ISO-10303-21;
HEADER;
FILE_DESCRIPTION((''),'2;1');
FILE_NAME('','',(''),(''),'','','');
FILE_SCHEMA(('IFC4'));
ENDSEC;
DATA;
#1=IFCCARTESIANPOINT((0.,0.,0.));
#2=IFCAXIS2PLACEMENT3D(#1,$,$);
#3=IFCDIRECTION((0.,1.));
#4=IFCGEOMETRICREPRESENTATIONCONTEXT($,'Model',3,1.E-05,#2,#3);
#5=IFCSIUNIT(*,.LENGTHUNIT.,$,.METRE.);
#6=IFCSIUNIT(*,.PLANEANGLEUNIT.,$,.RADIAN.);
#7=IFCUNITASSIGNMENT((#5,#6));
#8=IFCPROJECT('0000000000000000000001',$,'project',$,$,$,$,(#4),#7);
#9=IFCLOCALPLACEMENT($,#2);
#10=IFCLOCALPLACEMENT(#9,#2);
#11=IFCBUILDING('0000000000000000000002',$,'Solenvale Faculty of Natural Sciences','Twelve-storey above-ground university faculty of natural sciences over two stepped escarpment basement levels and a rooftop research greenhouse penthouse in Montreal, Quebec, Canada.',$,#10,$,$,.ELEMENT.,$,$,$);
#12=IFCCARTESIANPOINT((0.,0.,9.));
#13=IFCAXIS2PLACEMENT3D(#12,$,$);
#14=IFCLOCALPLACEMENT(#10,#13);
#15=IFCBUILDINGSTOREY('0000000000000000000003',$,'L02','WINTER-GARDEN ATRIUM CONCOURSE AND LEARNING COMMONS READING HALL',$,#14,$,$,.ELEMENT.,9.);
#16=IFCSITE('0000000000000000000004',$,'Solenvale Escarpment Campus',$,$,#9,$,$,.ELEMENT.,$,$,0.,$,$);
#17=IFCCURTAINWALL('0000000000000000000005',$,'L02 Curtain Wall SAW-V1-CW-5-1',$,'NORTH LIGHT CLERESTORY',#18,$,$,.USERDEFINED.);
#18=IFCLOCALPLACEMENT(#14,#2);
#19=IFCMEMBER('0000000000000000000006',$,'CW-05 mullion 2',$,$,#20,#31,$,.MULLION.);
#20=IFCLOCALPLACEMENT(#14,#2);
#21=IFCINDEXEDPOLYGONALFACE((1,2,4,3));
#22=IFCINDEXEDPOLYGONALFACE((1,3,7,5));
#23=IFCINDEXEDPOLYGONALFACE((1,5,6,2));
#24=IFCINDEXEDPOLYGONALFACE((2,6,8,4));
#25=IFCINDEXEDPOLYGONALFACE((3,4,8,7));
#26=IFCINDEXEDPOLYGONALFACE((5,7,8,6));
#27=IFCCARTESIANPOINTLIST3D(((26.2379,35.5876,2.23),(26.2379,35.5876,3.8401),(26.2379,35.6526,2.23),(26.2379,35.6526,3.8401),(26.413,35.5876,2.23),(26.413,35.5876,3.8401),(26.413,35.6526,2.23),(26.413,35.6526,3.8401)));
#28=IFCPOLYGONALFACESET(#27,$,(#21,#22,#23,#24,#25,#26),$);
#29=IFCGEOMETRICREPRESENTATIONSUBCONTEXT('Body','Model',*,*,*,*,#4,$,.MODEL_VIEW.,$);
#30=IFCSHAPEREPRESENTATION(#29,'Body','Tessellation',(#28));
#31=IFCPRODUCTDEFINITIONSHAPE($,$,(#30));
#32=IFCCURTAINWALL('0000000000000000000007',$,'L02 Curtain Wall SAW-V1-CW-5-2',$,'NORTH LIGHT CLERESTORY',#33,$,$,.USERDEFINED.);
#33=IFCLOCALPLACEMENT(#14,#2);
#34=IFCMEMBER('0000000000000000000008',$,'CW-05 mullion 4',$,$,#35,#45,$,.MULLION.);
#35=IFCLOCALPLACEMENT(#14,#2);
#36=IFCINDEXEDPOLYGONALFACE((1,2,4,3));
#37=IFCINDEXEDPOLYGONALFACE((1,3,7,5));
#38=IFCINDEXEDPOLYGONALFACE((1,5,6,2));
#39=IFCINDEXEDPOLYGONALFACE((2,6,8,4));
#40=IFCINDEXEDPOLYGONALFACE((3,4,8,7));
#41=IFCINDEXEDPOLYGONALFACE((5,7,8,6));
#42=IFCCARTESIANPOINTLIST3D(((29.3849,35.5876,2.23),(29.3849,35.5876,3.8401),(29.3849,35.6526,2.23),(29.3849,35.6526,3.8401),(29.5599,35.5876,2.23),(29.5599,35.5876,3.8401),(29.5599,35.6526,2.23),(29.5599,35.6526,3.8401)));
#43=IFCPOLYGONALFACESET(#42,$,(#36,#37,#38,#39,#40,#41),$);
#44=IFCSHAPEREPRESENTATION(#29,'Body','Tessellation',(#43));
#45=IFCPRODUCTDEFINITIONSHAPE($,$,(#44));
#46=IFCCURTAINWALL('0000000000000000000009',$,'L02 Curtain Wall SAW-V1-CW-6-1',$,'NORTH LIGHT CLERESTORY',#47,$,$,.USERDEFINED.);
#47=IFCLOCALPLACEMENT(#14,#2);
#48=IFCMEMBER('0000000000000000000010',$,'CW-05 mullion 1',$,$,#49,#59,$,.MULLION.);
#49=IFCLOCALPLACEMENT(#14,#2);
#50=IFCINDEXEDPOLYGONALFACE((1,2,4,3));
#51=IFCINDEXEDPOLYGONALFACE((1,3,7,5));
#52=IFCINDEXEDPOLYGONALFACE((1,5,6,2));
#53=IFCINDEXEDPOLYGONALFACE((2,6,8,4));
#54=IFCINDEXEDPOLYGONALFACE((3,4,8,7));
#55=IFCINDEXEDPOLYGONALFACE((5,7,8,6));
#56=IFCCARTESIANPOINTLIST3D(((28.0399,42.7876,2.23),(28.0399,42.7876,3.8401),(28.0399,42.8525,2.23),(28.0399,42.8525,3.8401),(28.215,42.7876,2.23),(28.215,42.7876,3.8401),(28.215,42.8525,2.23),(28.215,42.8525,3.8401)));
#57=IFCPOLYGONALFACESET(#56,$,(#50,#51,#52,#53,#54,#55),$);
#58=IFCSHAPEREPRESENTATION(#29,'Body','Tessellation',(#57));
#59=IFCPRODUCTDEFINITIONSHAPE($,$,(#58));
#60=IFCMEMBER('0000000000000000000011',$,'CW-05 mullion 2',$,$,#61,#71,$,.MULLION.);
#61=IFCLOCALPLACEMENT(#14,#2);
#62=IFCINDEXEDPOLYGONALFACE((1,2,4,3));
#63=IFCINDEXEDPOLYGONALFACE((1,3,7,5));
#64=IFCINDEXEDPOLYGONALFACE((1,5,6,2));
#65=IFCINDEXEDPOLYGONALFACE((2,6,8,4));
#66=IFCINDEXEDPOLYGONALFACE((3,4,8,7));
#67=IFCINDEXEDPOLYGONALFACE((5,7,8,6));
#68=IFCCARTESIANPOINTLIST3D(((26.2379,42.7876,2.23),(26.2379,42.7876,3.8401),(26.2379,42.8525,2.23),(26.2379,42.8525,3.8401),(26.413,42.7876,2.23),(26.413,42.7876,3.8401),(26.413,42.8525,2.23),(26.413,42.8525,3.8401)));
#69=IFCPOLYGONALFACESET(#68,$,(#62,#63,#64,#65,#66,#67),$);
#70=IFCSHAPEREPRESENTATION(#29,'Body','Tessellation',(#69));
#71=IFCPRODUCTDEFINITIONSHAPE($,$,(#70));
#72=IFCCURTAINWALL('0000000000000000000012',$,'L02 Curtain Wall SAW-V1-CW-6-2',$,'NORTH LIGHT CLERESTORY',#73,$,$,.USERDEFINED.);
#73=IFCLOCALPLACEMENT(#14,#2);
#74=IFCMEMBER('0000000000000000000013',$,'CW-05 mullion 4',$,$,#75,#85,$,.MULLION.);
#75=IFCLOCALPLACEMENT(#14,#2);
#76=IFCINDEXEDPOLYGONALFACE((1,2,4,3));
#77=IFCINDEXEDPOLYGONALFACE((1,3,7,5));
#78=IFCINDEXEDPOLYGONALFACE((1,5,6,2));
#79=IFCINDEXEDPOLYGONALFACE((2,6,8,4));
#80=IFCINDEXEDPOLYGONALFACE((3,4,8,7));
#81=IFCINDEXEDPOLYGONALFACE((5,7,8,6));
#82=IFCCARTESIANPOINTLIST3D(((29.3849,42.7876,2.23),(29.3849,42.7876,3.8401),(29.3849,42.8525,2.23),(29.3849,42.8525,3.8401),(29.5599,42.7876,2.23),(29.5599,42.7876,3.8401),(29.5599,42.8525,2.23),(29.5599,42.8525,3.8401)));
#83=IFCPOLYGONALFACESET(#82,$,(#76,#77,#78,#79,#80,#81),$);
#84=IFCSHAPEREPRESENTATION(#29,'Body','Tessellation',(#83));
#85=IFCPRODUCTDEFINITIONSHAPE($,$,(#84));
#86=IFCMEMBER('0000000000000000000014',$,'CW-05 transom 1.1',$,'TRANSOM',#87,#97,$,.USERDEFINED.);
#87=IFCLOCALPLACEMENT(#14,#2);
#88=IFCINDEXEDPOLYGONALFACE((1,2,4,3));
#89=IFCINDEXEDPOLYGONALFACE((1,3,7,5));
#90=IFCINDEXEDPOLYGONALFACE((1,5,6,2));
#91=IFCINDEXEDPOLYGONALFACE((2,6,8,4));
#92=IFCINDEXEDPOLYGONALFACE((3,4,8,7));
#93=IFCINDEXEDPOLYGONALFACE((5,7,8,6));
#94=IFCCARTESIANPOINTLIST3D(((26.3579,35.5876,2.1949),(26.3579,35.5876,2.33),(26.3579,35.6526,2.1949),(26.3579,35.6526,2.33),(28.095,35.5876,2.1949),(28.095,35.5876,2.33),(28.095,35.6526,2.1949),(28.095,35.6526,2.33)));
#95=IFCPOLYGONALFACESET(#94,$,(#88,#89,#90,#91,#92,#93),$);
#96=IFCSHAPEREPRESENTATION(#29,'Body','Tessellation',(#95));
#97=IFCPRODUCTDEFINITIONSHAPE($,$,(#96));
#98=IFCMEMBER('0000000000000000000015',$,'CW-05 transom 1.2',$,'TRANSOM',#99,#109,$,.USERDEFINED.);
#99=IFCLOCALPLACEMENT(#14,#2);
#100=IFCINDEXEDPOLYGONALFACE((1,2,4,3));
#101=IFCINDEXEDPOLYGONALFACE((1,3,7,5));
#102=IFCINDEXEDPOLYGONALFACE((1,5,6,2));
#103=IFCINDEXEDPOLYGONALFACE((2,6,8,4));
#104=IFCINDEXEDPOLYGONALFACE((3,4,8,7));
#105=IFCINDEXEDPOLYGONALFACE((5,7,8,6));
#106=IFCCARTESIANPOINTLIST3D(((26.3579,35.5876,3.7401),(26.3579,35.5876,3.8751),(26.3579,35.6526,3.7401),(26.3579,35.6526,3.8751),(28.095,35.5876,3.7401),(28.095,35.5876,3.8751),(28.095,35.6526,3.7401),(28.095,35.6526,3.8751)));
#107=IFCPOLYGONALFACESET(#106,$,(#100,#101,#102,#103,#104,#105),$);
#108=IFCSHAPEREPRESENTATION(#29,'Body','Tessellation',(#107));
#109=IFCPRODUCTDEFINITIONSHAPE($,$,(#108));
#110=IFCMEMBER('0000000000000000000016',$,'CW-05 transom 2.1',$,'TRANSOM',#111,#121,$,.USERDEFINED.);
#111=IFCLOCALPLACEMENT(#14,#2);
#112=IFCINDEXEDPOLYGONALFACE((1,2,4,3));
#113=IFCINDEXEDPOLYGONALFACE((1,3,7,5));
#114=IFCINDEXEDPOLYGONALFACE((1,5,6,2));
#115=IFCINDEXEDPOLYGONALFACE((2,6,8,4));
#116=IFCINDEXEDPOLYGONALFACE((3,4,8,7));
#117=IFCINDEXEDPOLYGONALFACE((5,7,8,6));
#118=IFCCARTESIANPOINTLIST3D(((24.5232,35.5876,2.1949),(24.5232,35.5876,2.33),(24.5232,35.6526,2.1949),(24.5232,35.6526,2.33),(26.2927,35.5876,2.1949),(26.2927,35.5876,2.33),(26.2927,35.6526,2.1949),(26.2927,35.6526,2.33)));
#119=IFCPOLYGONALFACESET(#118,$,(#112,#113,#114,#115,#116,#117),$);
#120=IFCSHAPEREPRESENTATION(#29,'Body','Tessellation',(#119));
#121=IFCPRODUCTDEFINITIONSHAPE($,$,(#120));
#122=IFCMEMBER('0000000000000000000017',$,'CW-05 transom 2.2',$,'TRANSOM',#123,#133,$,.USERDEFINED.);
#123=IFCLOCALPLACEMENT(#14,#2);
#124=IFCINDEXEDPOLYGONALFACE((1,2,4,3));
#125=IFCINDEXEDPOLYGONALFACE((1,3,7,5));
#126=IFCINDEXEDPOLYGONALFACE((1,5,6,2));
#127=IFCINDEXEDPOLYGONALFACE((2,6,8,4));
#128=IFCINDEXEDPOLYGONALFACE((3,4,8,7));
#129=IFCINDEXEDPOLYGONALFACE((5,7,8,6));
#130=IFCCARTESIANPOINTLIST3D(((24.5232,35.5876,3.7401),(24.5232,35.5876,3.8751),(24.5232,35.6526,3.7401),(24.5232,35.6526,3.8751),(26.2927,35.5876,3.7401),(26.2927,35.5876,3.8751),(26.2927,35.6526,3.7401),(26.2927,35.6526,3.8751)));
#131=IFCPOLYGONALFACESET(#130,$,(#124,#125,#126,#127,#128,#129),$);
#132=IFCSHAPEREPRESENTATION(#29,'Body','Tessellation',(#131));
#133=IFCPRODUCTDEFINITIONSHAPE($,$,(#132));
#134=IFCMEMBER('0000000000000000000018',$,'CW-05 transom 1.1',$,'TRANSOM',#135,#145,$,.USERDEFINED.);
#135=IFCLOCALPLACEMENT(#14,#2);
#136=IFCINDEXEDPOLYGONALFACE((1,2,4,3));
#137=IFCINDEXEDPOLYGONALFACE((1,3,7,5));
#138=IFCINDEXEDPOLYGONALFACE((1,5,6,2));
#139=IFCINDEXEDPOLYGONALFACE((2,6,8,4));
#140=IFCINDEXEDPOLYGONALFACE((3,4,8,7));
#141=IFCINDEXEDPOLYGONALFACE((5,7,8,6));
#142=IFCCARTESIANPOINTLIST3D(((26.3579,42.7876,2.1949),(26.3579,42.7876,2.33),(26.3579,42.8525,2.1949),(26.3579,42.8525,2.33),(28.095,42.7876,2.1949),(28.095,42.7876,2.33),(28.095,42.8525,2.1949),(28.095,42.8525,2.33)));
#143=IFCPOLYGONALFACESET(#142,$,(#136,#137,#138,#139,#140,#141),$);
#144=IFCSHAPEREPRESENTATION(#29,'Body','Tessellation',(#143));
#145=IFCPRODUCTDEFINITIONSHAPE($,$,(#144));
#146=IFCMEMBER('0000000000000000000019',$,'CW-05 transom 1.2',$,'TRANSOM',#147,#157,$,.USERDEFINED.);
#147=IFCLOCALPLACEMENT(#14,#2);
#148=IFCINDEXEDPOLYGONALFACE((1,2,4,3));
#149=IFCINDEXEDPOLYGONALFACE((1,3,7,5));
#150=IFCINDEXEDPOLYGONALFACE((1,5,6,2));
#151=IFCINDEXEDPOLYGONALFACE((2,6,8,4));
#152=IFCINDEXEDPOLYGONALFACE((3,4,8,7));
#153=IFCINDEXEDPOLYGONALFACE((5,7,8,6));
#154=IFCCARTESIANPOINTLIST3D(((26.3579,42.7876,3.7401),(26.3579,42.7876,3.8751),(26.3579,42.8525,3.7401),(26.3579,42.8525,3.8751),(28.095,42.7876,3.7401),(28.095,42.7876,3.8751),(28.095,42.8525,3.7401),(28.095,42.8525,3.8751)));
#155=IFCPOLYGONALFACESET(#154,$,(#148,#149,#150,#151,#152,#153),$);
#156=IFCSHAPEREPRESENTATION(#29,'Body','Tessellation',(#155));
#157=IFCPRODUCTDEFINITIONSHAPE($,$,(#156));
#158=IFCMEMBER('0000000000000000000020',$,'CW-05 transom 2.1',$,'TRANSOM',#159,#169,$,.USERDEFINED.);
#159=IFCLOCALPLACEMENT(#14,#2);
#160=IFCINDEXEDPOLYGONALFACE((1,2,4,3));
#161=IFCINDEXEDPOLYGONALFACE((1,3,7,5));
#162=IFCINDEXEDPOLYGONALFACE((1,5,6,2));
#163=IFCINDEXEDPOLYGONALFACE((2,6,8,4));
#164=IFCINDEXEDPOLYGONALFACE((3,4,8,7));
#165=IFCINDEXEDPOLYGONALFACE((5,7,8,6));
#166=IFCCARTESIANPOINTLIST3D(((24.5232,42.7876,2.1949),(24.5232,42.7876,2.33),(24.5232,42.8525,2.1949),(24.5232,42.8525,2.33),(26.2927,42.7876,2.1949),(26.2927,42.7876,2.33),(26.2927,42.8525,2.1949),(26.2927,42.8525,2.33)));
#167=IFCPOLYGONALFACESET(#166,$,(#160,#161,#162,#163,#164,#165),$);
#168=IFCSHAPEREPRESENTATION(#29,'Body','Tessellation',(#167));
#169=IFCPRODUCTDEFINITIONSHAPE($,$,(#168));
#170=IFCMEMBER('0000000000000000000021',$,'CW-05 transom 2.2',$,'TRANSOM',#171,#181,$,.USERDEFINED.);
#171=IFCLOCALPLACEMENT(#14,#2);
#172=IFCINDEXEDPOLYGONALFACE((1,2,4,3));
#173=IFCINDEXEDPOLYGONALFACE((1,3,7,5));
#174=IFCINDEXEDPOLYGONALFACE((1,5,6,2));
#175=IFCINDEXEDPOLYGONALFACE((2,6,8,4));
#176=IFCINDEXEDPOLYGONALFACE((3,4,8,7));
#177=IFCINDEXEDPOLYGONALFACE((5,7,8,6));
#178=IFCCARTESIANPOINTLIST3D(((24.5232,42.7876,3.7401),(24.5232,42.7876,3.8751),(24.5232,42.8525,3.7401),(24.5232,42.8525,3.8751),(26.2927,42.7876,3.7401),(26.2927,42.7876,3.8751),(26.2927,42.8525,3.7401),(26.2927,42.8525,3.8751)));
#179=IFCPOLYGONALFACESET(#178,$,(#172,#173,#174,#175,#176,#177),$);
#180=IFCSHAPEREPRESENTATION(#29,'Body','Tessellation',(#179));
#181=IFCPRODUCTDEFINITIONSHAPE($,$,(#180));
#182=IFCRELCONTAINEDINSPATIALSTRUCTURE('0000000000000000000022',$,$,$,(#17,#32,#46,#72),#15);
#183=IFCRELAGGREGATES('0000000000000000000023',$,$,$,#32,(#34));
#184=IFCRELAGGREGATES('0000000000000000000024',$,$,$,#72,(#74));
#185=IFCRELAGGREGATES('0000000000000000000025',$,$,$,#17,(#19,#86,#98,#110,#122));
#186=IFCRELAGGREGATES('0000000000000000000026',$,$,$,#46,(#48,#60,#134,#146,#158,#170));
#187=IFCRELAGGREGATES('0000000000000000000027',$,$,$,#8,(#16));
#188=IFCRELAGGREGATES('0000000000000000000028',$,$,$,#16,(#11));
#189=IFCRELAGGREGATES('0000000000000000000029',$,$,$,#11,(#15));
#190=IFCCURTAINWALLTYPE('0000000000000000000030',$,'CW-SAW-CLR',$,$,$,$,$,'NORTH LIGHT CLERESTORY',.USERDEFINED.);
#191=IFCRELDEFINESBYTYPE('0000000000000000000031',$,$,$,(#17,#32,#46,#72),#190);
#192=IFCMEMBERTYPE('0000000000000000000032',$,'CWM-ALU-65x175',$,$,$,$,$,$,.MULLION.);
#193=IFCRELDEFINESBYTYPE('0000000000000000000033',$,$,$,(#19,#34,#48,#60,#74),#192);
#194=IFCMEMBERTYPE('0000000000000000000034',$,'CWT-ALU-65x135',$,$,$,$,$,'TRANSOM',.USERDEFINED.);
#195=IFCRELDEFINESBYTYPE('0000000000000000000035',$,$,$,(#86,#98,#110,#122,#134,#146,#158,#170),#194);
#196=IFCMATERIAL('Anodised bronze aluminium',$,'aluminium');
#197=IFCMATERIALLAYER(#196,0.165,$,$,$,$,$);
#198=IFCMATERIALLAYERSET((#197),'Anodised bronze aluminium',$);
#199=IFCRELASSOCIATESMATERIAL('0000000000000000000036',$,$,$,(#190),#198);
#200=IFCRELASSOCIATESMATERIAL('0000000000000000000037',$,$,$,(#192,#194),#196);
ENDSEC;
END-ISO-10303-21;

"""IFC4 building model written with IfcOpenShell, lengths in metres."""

from ifc_helpers import new_model, si_unit, direction, frame, origin, origin_2d, place, context, subcontext, project, spatial, rectangle, extrude, material, layer, layer_set, material_profile, profile_set, type_object, element, aggregate, save


model = new_model("IFC4")

# Units and contexts
model_context = context("Model", 3, precision=1e-05, world=origin(), true_north=direction((0.0, 1.0)))
body_context = subcontext(model_context, "Body", "Model", "MODEL_VIEW")
ifc_project = project(units=[si_unit("LENGTHUNIT", "METRE"), si_unit("PLANEANGLEUNIT", "RADIAN")], contexts=[model_context])

# Site, building, storey
site_placement = place(None, origin())
site = spatial("IfcSite", under=ifc_project, at=site_placement, Name="Solenvale Escarpment Campus", CompositionType="ELEMENT", RefElevation=0.0)
building_placement = place(site_placement, origin())
building = spatial("IfcBuilding", under=site, at=building_placement, Name="Solenvale Faculty of Natural Sciences", Description="Twelve-storey above-ground university faculty of natural sciences over two stepped escarpment basement levels and a rooftop research greenhouse penthouse in Montreal, Quebec, Canada.", CompositionType="ELEMENT")
storey_placement = place(building_placement, frame((0.0, 0.0, 9.0)))
storey = spatial("IfcBuildingStorey", under=building, at=storey_placement, Name="L02", Description="WINTER-GARDEN ATRIUM CONCOURSE AND LEARNING COMMONS READING HALL", CompositionType="ELEMENT", Elevation=9.0)

# Curtain wall, member
ifc_material_1 = material(Name="Anodised bronze aluminium", Category="aluminium")
ifc_layer_1 = layer(ifc_material_1, 0.165)
ifc_layer_set_1 = layer_set([ifc_layer_1], Name="Anodised bronze aluminium")
curtain_wall_type = type_object("IfcCurtainWallType", Name="CW-SAW-CLR", ElementType="NORTH LIGHT CLERESTORY", PredefinedType="USERDEFINED", material=ifc_layer_set_1)
curtain_wall_1_placement = place(storey_placement, origin())
curtain_wall_1 = element("IfcCurtainWall", 1, at=curtain_wall_1_placement, inside=storey, type_object=curtain_wall_type, Name="L02 Curtain Wall SAW-V1-CW-5-1", ObjectType="NORTH LIGHT CLERESTORY", PredefinedType="USERDEFINED")
ifc_material_profile_1 = material_profile(ifc_material_1, rectangle(XDim=0.0649, YDim=0.175, at=origin_2d()), Name="ALU-MUL-65x175")
ifc_profile_set_1 = profile_set([ifc_material_profile_1], Name="Anodised bronze aluminium")
member_type_1 = type_object("IfcMemberType", Name="CWM-ALU-65x175", PredefinedType="MULLION", material=ifc_profile_set_1)
member_1_placement = place(storey_placement, frame((26.3254, 35.6201, 2.23), z_axis=(0.0, 0.0, 1.0), x_axis=(0.0, -1.0, 0.0)))
member_1 = element("IfcMember", 2, at=member_1_placement, type_object=member_type_1, Name="CW-05 mullion 2", PredefinedType="MULLION", context=body_context, shape_type="SweptSolid", body=[
    extrude(rectangle(XDim=0.0649, YDim=0.175, at=origin_2d()), origin(), (0.0, 0.0, 1.0), 1.6101),
])

# Curtain wall, member
curtain_wall_2_placement = place(storey_placement, origin())
curtain_wall_2 = element("IfcCurtainWall", 3, at=curtain_wall_2_placement, inside=storey, type_object=curtain_wall_type, Name="L02 Curtain Wall SAW-V1-CW-5-2", ObjectType="NORTH LIGHT CLERESTORY", PredefinedType="USERDEFINED")
member_2_placement = place(storey_placement, frame((29.4724, 35.6201, 2.23), z_axis=(0.0, 0.0, 1.0), x_axis=(0.0, -1.0, 0.0)))
member_2 = element("IfcMember", 4, at=member_2_placement, type_object=member_type_1, Name="CW-05 mullion 4", PredefinedType="MULLION", context=body_context, shape_type="SweptSolid", body=[
    extrude(rectangle(XDim=0.0649, YDim=0.175, at=origin_2d()), origin(), (0.0, 0.0, 1.0), 1.6101),
])
aggregate(curtain_wall_2, [member_2])

# Curtain wall, members
curtain_wall_3_placement = place(storey_placement, origin())
curtain_wall_3 = element("IfcCurtainWall", 5, at=curtain_wall_3_placement, inside=storey, type_object=curtain_wall_type, Name="L02 Curtain Wall SAW-V1-CW-6-1", ObjectType="NORTH LIGHT CLERESTORY", PredefinedType="USERDEFINED")
member_3_placement = place(storey_placement, frame((28.1274, 42.8201, 2.23), z_axis=(0.0, 0.0, 1.0), x_axis=(0.0, -1.0, 0.0)))
member_3 = element("IfcMember", 6, at=member_3_placement, type_object=member_type_1, Name="CW-05 mullion 1", PredefinedType="MULLION", context=body_context, shape_type="SweptSolid", body=[
    extrude(rectangle(XDim=0.0649, YDim=0.175, at=origin_2d()), origin(), (0.0, 0.0, 1.0), 1.6101),
])
member_4_placement = place(storey_placement, frame((26.3254, 42.8201, 2.23), z_axis=(0.0, 0.0, 1.0), x_axis=(0.0, -1.0, 0.0)))
member_4 = element("IfcMember", 7, at=member_4_placement, type_object=member_type_1, Name="CW-05 mullion 2", PredefinedType="MULLION", context=body_context, shape_type="SweptSolid", body=[
    extrude(rectangle(XDim=0.0649, YDim=0.175, at=origin_2d()), origin(), (0.0, 0.0, 1.0), 1.6101),
])

# Curtain wall, member
curtain_wall_4_placement = place(storey_placement, origin())
curtain_wall_4 = element("IfcCurtainWall", 8, at=curtain_wall_4_placement, inside=storey, type_object=curtain_wall_type, Name="L02 Curtain Wall SAW-V1-CW-6-2", ObjectType="NORTH LIGHT CLERESTORY", PredefinedType="USERDEFINED")
member_5_placement = place(storey_placement, frame((29.4724, 42.8201, 2.23), z_axis=(0.0, 0.0, 1.0), x_axis=(0.0, -1.0, 0.0)))
member_5 = element("IfcMember", 9, at=member_5_placement, type_object=member_type_1, Name="CW-05 mullion 4", PredefinedType="MULLION", context=body_context, shape_type="SweptSolid", body=[
    extrude(rectangle(XDim=0.0649, YDim=0.175, at=origin_2d()), origin(), (0.0, 0.0, 1.0), 1.6101),
])
aggregate(curtain_wall_4, [member_5])

# Members
ifc_material_profile_2 = material_profile(ifc_material_1, rectangle(XDim=0.0649, YDim=0.135, at=origin_2d()), Name="ALU-TRN-65x135")
ifc_profile_set_2 = profile_set([ifc_material_profile_2], Name="Anodised bronze aluminium")
member_type_2 = type_object("IfcMemberType", Name="CWT-ALU-65x135", ElementType="TRANSOM", PredefinedType="USERDEFINED", material=ifc_profile_set_2)
member_6_placement = place(storey_placement, frame((28.095, 35.6201, 2.2625), z_axis=(-1.0, 0.0, 0.0), x_axis=(0.0, -1.0, 0.0)))
member_6 = element("IfcMember", 10, at=member_6_placement, type_object=member_type_2, Name="CW-05 transom 1.1", ObjectType="TRANSOM", PredefinedType="USERDEFINED", context=body_context, shape_type="SweptSolid", body=[
    extrude(rectangle(XDim=0.0649, YDim=0.135, at=origin_2d()), origin(), (0.0, 0.0, 1.0), 1.7371),
])
member_7_placement = place(storey_placement, frame((28.095, 35.6201, 3.8076), z_axis=(-1.0, 0.0, 0.0), x_axis=(0.0, -1.0, 0.0)))
member_7 = element("IfcMember", 11, at=member_7_placement, type_object=member_type_2, Name="CW-05 transom 1.2", ObjectType="TRANSOM", PredefinedType="USERDEFINED", context=body_context, shape_type="SweptSolid", body=[
    extrude(rectangle(XDim=0.0649, YDim=0.135, at=origin_2d()), origin(), (0.0, 0.0, 1.0), 1.7371),
])
member_8_placement = place(storey_placement, frame((26.2927, 35.6201, 2.2625), z_axis=(-1.0, 0.0, 0.0), x_axis=(0.0, -1.0, 0.0)))
member_8 = element("IfcMember", 12, at=member_8_placement, type_object=member_type_2, Name="CW-05 transom 2.1", ObjectType="TRANSOM", PredefinedType="USERDEFINED", context=body_context, shape_type="SweptSolid", body=[
    extrude(rectangle(XDim=0.0649, YDim=0.135, at=origin_2d()), origin(), (0.0, 0.0, 1.0), 1.7695),
])
member_9_placement = place(storey_placement, frame((26.2927, 35.6201, 3.8076), z_axis=(-1.0, 0.0, 0.0), x_axis=(0.0, -1.0, 0.0)))
member_9 = element("IfcMember", 13, at=member_9_placement, type_object=member_type_2, Name="CW-05 transom 2.2", ObjectType="TRANSOM", PredefinedType="USERDEFINED", context=body_context, shape_type="SweptSolid", body=[
    extrude(rectangle(XDim=0.0649, YDim=0.135, at=origin_2d()), origin(), (0.0, 0.0, 1.0), 1.7695),
])
member_10_placement = place(storey_placement, frame((28.095, 42.8201, 2.2625), z_axis=(-1.0, 0.0, 0.0), x_axis=(0.0, -1.0, 0.0)))
member_10 = element("IfcMember", 14, at=member_10_placement, type_object=member_type_2, Name="CW-05 transom 1.1", ObjectType="TRANSOM", PredefinedType="USERDEFINED", context=body_context, shape_type="SweptSolid", body=[
    extrude(rectangle(XDim=0.0649, YDim=0.135, at=origin_2d()), origin(), (0.0, 0.0, 1.0), 1.7371),
])
member_11_placement = place(storey_placement, frame((28.095, 42.8201, 3.8076), z_axis=(-1.0, 0.0, 0.0), x_axis=(0.0, -1.0, 0.0)))
member_11 = element("IfcMember", 15, at=member_11_placement, type_object=member_type_2, Name="CW-05 transom 1.2", ObjectType="TRANSOM", PredefinedType="USERDEFINED", context=body_context, shape_type="SweptSolid", body=[
    extrude(rectangle(XDim=0.0649, YDim=0.135, at=origin_2d()), origin(), (0.0, 0.0, 1.0), 1.7371),
])
member_12_placement = place(storey_placement, frame((26.2927, 42.8201, 2.2625), z_axis=(-1.0, 0.0, 0.0), x_axis=(0.0, -1.0, 0.0)))
member_12 = element("IfcMember", 16, at=member_12_placement, type_object=member_type_2, Name="CW-05 transom 2.1", ObjectType="TRANSOM", PredefinedType="USERDEFINED", context=body_context, shape_type="SweptSolid", body=[
    extrude(rectangle(XDim=0.0649, YDim=0.135, at=origin_2d()), origin(), (0.0, 0.0, 1.0), 1.7695),
])
member_13_placement = place(storey_placement, frame((26.2927, 42.8201, 3.8076), z_axis=(-1.0, 0.0, 0.0), x_axis=(0.0, -1.0, 0.0)))
member_13 = element("IfcMember", 17, at=member_13_placement, type_object=member_type_2, Name="CW-05 transom 2.2", ObjectType="TRANSOM", PredefinedType="USERDEFINED", context=body_context, shape_type="SweptSolid", body=[
    extrude(rectangle(XDim=0.0649, YDim=0.135, at=origin_2d()), origin(), (0.0, 0.0, 1.0), 1.7695),
])

aggregate(curtain_wall_1, [member_1, member_6, member_7, member_8, member_9])
aggregate(curtain_wall_3, [member_3, member_4, member_10, member_11, member_12, member_13])

save(model, "model.ifc")
